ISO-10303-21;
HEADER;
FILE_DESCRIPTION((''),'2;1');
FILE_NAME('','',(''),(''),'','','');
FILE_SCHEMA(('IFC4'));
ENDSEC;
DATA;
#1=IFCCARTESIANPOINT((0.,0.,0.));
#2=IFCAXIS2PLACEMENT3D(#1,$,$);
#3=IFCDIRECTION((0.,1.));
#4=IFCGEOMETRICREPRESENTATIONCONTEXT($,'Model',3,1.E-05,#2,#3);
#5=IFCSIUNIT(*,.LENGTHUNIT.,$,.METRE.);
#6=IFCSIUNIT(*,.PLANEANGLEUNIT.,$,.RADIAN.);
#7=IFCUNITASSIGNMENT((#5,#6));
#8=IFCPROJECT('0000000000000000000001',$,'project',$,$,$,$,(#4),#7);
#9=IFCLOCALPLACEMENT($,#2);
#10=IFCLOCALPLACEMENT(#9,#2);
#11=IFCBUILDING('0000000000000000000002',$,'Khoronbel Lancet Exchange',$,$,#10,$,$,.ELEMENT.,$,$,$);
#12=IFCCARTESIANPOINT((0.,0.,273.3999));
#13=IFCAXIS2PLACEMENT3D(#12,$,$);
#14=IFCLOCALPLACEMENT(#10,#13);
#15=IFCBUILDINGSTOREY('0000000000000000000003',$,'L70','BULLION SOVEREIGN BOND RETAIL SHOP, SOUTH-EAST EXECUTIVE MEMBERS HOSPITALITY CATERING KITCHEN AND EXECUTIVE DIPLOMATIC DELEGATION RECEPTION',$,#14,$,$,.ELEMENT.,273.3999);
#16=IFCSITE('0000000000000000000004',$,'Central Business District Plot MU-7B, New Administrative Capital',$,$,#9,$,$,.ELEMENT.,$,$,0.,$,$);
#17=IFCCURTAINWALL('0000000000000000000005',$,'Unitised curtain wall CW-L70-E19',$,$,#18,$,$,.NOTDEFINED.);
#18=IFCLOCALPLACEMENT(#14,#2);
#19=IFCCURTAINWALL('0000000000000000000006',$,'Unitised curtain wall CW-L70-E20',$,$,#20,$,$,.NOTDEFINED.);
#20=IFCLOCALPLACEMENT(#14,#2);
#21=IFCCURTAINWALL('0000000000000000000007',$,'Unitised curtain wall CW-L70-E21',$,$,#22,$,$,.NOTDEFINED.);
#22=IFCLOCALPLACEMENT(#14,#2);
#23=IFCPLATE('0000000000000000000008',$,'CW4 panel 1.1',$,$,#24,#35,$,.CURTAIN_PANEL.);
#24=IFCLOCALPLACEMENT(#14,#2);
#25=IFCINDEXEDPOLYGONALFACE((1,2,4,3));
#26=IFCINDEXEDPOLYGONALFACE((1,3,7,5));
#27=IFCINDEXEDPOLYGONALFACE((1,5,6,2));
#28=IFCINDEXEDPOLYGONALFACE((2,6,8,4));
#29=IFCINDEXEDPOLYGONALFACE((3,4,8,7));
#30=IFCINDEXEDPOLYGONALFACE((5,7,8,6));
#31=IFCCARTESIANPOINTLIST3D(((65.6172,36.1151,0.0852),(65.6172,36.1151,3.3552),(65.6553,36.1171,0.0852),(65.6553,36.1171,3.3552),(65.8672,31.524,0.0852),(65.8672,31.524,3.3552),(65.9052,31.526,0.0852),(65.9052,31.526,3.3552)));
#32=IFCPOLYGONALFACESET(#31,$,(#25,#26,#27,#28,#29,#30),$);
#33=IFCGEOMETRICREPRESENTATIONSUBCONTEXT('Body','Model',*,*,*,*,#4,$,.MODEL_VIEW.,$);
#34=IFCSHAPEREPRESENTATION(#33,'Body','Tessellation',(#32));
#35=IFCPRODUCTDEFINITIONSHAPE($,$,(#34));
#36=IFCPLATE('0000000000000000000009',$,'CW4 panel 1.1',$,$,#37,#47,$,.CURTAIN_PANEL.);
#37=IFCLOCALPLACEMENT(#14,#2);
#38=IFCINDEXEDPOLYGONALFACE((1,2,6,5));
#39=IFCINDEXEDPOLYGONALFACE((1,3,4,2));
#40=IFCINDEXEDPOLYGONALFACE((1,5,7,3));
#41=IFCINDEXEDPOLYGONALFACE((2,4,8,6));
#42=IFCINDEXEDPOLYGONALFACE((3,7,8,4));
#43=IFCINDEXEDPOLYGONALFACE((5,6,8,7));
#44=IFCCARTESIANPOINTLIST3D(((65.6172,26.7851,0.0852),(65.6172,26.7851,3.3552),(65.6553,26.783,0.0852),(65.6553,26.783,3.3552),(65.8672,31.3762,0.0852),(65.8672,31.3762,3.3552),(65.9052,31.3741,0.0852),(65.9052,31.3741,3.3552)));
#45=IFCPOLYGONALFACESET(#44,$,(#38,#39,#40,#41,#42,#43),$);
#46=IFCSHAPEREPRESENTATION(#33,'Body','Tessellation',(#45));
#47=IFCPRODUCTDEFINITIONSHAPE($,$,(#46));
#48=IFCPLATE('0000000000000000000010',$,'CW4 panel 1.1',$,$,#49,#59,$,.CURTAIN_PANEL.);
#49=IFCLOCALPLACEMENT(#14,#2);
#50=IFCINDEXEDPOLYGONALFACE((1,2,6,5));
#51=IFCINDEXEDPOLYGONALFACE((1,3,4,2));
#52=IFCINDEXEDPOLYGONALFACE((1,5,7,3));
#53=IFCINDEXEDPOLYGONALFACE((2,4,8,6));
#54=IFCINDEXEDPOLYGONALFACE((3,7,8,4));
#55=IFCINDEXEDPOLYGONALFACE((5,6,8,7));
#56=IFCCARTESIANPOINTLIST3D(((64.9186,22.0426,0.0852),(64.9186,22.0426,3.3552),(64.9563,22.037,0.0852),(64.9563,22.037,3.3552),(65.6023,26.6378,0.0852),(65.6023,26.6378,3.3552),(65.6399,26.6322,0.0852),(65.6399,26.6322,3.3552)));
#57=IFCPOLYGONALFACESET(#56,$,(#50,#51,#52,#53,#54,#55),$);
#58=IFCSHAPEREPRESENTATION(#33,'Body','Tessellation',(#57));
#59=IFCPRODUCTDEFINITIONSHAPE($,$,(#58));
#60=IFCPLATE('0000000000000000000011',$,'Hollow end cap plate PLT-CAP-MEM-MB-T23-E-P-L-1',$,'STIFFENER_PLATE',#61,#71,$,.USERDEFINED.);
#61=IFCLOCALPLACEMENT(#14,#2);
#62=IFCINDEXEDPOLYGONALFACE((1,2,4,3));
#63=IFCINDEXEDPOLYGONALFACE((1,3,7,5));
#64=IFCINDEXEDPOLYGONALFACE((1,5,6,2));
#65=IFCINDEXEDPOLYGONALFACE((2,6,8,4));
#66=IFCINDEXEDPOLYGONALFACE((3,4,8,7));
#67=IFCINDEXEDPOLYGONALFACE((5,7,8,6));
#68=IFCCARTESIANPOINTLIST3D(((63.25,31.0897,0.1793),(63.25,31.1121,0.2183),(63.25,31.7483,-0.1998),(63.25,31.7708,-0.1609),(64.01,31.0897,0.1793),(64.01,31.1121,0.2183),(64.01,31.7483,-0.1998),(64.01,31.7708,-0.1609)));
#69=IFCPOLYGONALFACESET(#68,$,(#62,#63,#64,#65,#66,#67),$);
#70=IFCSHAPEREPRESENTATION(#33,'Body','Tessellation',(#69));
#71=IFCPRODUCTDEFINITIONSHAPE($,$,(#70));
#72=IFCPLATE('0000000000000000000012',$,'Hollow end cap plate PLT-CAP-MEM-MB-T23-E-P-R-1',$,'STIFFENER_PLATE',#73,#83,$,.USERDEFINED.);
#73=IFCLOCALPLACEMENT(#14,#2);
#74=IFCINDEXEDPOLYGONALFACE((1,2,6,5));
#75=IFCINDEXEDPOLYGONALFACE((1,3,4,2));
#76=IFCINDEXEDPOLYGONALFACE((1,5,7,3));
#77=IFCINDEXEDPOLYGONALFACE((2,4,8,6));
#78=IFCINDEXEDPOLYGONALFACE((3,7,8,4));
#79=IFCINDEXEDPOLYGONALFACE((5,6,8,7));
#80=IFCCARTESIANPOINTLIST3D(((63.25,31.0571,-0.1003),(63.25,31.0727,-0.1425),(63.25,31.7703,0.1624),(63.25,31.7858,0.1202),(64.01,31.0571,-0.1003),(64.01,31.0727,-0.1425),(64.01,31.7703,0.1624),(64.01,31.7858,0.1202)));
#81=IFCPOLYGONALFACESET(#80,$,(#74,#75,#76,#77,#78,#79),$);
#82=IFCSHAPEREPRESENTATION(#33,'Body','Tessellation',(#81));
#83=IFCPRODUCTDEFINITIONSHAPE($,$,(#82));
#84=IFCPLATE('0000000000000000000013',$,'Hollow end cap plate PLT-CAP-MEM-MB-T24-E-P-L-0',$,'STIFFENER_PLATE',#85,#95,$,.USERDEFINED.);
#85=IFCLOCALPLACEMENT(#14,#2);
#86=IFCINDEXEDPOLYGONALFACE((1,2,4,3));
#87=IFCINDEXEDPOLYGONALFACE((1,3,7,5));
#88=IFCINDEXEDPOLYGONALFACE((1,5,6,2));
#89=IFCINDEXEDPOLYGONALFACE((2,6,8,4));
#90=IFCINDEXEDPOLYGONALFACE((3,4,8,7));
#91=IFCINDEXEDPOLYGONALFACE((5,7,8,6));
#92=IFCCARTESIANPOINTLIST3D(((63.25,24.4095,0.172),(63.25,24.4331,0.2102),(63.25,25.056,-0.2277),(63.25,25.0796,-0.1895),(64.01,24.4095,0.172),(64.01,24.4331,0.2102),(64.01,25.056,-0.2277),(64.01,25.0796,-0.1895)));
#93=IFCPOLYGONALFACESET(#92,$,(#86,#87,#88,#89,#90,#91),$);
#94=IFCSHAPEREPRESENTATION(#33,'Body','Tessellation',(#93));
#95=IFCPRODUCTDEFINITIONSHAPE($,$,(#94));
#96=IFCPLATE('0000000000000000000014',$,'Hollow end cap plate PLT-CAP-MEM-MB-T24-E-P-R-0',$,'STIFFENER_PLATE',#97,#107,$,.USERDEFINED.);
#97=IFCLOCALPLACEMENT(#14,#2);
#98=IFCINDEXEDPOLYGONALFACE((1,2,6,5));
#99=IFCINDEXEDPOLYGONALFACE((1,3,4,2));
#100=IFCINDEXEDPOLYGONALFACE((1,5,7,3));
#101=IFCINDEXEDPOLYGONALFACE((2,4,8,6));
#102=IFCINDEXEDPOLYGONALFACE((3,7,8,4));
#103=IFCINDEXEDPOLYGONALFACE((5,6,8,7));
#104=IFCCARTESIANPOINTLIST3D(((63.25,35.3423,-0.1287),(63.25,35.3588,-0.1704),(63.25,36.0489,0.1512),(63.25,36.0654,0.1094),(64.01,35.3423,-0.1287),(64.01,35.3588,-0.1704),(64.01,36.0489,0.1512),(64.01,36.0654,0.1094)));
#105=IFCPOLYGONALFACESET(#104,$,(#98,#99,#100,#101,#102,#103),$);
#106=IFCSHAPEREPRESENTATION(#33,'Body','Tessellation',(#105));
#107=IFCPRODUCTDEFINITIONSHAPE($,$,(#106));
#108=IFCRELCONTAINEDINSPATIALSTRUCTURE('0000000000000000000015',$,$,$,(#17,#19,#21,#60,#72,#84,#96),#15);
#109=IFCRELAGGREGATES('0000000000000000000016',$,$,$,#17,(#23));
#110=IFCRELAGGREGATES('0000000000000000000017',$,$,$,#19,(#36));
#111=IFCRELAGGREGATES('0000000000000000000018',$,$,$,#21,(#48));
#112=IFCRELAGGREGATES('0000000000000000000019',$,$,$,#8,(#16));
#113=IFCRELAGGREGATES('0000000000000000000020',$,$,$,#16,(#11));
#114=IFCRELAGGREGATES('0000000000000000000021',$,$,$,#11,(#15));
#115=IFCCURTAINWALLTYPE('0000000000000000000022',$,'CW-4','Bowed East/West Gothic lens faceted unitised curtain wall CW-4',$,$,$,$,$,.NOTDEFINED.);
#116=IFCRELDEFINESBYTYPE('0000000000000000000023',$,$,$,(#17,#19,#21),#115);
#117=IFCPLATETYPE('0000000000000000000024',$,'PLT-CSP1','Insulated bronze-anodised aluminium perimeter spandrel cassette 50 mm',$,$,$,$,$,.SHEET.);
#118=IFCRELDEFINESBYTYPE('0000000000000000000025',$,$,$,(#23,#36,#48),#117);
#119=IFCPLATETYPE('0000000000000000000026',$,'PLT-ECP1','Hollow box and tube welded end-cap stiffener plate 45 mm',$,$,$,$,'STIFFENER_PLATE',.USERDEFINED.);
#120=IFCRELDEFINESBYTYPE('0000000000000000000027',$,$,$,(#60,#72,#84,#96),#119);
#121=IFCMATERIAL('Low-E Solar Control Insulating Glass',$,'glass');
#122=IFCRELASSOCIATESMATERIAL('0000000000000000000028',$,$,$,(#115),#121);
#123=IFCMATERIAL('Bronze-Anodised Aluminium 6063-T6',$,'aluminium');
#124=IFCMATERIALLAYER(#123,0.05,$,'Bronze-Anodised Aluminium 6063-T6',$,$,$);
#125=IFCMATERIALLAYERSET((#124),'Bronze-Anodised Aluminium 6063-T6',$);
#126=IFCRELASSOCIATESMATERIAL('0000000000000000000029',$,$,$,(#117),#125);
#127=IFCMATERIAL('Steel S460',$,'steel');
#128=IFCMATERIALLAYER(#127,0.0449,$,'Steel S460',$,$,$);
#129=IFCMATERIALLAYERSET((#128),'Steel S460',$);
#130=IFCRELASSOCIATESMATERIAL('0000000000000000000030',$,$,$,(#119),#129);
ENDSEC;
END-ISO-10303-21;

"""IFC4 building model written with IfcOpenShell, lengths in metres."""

from ifc_helpers import new_model, si_unit, direction, frame, origin, origin_2d, place, context, subcontext, project, spatial, polyline, rectangle, outline, extrude, material, layer, layer_set, type_object, element, aggregate, save


model = new_model("IFC4")

# Units and contexts
model_context = context("Model", 3, precision=1e-05, world=origin(), true_north=direction((0.0, 1.0)))
body_context = subcontext(model_context, "Body", "Model", "MODEL_VIEW")
ifc_project = project(units=[si_unit("LENGTHUNIT", "METRE"), si_unit("PLANEANGLEUNIT", "RADIAN")], contexts=[model_context])

# Site, building, storey
site_placement = place(None, origin())
site = spatial("IfcSite", under=ifc_project, at=site_placement, Name="Central Business District Plot MU-7B, New Administrative Capital", CompositionType="ELEMENT", RefElevation=0.0)
building_placement = place(site_placement, origin())
building = spatial("IfcBuilding", under=site, at=building_placement, Name="Khoronbel Lancet Exchange", CompositionType="ELEMENT")
storey_placement = place(building_placement, frame((0.0, 0.0, 273.3999)))
storey = spatial("IfcBuildingStorey", under=building, at=storey_placement, Name="L70", Description="BULLION SOVEREIGN BOND RETAIL SHOP, SOUTH-EAST EXECUTIVE MEMBERS HOSPITALITY CATERING KITCHEN AND EXECUTIVE DIPLOMATIC DELEGATION RECEPTION", CompositionType="ELEMENT", Elevation=273.3999)

# Curtain wall
ifc_material_1 = material(Name="Low-E Solar Control Insulating Glass", Category="glass")
curtain_wall_type = type_object("IfcCurtainWallType", Name="CW-4", Description="Bowed East/West Gothic lens faceted unitised curtain wall CW-4", PredefinedType="NOTDEFINED", material=ifc_material_1)
curtain_wall_1_placement = place(storey_placement, origin())
curtain_wall_1 = element("IfcCurtainWall", 1, at=curtain_wall_1_placement, inside=storey, type_object=curtain_wall_type, Name="Unitised curtain wall CW-L70-E19", PredefinedType="NOTDEFINED")
ifc_material_2 = material(Name="Bronze-Anodised Aluminium 6063-T6", Category="aluminium")

# Curtain wall
curtain_wall_2_placement = place(storey_placement, origin())
curtain_wall_2 = element("IfcCurtainWall", 2, at=curtain_wall_2_placement, inside=storey, type_object=curtain_wall_type, Name="Unitised curtain wall CW-L70-E20", PredefinedType="NOTDEFINED")

# Curtain wall
curtain_wall_3_placement = place(storey_placement, origin())
curtain_wall_3 = element("IfcCurtainWall", 3, at=curtain_wall_3_placement, inside=storey, type_object=curtain_wall_type, Name="Unitised curtain wall CW-L70-E21", PredefinedType="NOTDEFINED")

# Shared definitions
ifc_material_3 = material(Name="Steel S460", Category="steel")

# Plates
ifc_layer_1 = layer(ifc_material_2, 0.05, Name="Bronze-Anodised Aluminium 6063-T6")
ifc_layer_set_1 = layer_set([ifc_layer_1], Name="Bronze-Anodised Aluminium 6063-T6")
plate_type_1 = type_object("IfcPlateType", Name="PLT-CSP1", Description="Insulated bronze-anodised aluminium perimeter spandrel cassette 50 mm", PredefinedType="SHEET", material=ifc_layer_set_1)
plate_1_placement = place(storey_placement, frame((65.7612, 33.8206, 0.0852), z_axis=(0.0, 0.0, 1.0), x_axis=(0.054361, -0.998521, 0.0)))
plate_1 = element("IfcPlate", 4, at=plate_1_placement, type_object=plate_type_1, Name="CW4 panel 1.1", PredefinedType="CURTAIN_PANEL", context=body_context, shape_type="SweptSolid", body=[
    extrude(rectangle(XDim=4.5979, YDim=0.0381, at=origin_2d()), origin(), (0.0, 0.0, 1.0), 3.27),
])
aggregate(curtain_wall_1, [plate_1])
plate_2_placement = place(storey_placement, frame((65.7612, 29.0796, 0.0852), z_axis=(0.0, 0.0, 1.0), x_axis=(-0.054361, -0.998521, 0.0)))
plate_2 = element("IfcPlate", 5, at=plate_2_placement, type_object=plate_type_1, Name="CW4 panel 1.1", PredefinedType="CURTAIN_PANEL", context=body_context, shape_type="SweptSolid", body=[
    extrude(rectangle(XDim=4.5979, YDim=0.0381, at=origin_2d()), origin(), (0.0, 0.0, 1.0), 3.27),
])
aggregate(curtain_wall_2, [plate_2])
plate_3_placement = place(storey_placement, frame((65.2793, 24.3374, 0.0852), z_axis=(0.0, 0.0, 1.0), x_axis=(-0.147152, -0.989114, 0.0)))
plate_3 = element("IfcPlate", 6, at=plate_3_placement, type_object=plate_type_1, Name="CW4 panel 1.1", PredefinedType="CURTAIN_PANEL", context=body_context, shape_type="SweptSolid", body=[
    extrude(rectangle(XDim=4.6458, YDim=0.0381, at=origin_2d()), origin(), (0.0, 0.0, 1.0), 3.27),
])
aggregate(curtain_wall_3, [plate_3])

# Plates
ifc_layer_2 = layer(ifc_material_3, 0.0449, Name="Steel S460")
ifc_layer_set_2 = layer_set([ifc_layer_2], Name="Steel S460")
plate_type_2 = type_object("IfcPlateType", Name="PLT-ECP1", Description="Hollow box and tube welded end-cap stiffener plate 45 mm", ElementType="STIFFENER_PLATE", PredefinedType="USERDEFINED", material=ifc_layer_set_2)
for number, where, z_axis, x_axis, name in (
    (7, (64.01, 31.7708, -0.1609), (0.0, 0.498869, 0.866677), (-1.0, 0.0, 0.0), "Hollow end cap plate PLT-CAP-MEM-MB-T23-E-P-L-1"),
    (8, (63.25, 31.0571, -0.1003), (0.0, -0.345661, 0.93836), (1.0, 0.0, 0.0), "Hollow end cap plate PLT-CAP-MEM-MB-T23-E-P-R-1"),
    (9, (64.01, 25.0796, -0.1895), (0.0, 0.525835, 0.850587), (-1.0, 0.0, 0.0), "Hollow end cap plate PLT-CAP-MEM-MB-T24-E-P-L-0"),
    (10, (63.25, 35.3423, -0.1287), (0.0, -0.368176, 0.929756), (1.0, 0.0, 0.0), "Hollow end cap plate PLT-CAP-MEM-MB-T24-E-P-R-0"),
):
    element("IfcPlate", number, at=place(storey_placement, frame(where, z_axis=z_axis, x_axis=x_axis)), inside=storey, type_object=plate_type_2, Name=name, ObjectType="STIFFENER_PLATE", PredefinedType="USERDEFINED", context=body_context, shape_type="SweptSolid", body=[
        extrude(outline(polyline([(0.0, 0.0), (0.76, 0.0), (0.76, 0.76), (0.0, 0.76), (0.0, 0.0)])), origin(), (0.0, 0.0, -1.0), 0.0449),
    ])

save(model, "model.ifc")
